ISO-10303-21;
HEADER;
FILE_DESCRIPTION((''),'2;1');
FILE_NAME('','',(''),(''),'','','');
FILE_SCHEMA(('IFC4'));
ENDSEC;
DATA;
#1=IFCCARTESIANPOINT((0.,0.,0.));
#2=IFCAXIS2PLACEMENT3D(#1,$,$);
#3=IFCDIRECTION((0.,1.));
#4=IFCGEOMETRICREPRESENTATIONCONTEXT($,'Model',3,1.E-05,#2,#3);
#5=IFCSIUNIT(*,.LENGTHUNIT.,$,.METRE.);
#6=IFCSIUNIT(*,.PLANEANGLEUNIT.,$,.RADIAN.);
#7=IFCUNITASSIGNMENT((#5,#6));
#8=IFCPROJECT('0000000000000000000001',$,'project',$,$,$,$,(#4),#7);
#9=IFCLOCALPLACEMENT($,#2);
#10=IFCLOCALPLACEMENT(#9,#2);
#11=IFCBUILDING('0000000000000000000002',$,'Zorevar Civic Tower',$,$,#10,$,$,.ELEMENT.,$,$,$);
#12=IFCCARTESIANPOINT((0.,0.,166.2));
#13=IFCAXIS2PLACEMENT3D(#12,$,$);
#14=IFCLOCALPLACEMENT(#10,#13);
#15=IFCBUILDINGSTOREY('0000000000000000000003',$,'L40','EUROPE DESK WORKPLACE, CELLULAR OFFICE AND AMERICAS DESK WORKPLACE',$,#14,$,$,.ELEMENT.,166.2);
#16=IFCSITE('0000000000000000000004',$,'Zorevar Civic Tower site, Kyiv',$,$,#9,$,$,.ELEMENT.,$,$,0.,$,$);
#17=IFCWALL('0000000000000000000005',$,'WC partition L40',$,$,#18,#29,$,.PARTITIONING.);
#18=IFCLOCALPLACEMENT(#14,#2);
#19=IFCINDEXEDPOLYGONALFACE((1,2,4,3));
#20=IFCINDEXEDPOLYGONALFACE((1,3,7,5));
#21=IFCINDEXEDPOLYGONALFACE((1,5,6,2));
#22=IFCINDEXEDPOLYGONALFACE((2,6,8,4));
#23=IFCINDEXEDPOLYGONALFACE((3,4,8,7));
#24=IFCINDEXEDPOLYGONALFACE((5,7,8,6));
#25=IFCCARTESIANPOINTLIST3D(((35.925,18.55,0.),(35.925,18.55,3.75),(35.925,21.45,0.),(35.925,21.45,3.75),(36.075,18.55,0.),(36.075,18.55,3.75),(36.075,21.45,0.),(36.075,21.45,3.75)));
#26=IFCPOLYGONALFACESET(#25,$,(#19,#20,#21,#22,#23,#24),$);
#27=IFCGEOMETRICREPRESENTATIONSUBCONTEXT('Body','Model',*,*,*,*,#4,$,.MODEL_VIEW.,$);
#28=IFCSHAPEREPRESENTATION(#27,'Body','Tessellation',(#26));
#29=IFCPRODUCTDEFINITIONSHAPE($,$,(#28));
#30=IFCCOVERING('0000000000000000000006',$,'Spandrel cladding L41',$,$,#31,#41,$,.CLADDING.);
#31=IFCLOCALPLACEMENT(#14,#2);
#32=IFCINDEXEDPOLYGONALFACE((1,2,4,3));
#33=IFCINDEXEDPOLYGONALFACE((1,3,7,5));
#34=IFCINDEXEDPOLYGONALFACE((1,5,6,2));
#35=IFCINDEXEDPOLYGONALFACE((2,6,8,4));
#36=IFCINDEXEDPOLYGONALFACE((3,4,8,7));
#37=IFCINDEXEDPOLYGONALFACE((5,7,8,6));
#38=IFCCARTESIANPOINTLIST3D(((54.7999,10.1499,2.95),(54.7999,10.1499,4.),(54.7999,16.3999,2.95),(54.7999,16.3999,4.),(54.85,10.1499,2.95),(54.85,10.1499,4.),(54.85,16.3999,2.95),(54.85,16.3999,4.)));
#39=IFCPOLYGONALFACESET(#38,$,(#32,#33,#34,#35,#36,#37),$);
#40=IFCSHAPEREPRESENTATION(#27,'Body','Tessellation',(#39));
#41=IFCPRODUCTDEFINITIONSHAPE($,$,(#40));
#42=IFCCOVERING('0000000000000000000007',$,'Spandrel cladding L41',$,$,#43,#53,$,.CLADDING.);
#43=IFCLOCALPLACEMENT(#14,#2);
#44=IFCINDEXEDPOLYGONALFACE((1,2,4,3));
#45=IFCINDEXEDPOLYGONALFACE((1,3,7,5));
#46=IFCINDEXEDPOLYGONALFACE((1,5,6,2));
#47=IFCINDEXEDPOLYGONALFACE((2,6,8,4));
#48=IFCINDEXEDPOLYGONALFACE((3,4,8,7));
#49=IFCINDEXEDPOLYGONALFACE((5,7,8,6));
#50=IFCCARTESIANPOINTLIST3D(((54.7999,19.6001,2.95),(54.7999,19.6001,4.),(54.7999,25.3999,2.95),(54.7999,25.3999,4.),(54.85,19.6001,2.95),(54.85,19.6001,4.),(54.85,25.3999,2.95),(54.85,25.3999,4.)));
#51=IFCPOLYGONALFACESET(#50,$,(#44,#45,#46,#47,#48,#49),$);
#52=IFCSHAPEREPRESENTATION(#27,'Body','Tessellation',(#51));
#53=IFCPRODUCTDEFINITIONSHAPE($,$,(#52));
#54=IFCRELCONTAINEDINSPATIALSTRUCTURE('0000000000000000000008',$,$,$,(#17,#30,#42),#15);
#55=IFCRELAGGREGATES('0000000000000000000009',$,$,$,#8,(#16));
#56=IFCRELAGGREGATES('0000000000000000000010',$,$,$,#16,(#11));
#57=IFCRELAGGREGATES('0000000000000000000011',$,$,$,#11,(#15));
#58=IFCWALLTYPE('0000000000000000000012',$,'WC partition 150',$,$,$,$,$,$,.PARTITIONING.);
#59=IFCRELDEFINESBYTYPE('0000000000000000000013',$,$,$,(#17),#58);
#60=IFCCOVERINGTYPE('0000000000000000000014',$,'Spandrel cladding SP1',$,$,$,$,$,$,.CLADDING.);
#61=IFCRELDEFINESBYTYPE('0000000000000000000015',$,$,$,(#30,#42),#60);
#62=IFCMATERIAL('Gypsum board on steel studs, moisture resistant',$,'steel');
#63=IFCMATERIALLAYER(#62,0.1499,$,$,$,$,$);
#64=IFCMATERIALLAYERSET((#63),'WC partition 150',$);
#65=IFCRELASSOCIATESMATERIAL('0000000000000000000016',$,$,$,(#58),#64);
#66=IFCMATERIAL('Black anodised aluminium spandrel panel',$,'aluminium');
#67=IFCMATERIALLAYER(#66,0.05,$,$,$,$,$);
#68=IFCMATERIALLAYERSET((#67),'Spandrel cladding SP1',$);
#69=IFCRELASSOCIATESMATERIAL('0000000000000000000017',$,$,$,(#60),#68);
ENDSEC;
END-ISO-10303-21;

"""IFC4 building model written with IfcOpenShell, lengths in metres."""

from ifc_helpers import new_model, si_unit, direction, frame, frame_2d, origin, place, context, subcontext, project, spatial, rectangle, extrude, material, layer, layer_set, type_object, element, save


model = new_model("IFC4")

# Units and contexts
model_context = context("Model", 3, precision=1e-05, world=origin(), true_north=direction((0.0, 1.0)))
body_context = subcontext(model_context, "Body", "Model", "MODEL_VIEW")
ifc_project = project(units=[si_unit("LENGTHUNIT", "METRE"), si_unit("PLANEANGLEUNIT", "RADIAN")], contexts=[model_context])

# Site, building, storey
site_placement = place(None, origin())
site = spatial("IfcSite", under=ifc_project, at=site_placement, Name="Zorevar Civic Tower site, Kyiv", CompositionType="ELEMENT", RefElevation=0.0)
building_placement = place(site_placement, origin())
building = spatial("IfcBuilding", under=site, at=building_placement, Name="Zorevar Civic Tower", CompositionType="ELEMENT")
storey_placement = place(building_placement, frame((0.0, 0.0, 166.2)))
storey = spatial("IfcBuildingStorey", under=building, at=storey_placement, Name="L40", Description="EUROPE DESK WORKPLACE, CELLULAR OFFICE AND AMERICAS DESK WORKPLACE", CompositionType="ELEMENT", Elevation=166.2)

# Wall
ifc_material_1 = material(Name="Gypsum board on steel studs, moisture resistant", Category="steel")
ifc_layer_1 = layer(ifc_material_1, 0.1499)
ifc_layer_set_1 = layer_set([ifc_layer_1], Name="WC partition 150")
wall_type_1 = type_object("IfcWallType", Name="WC partition 150", PredefinedType="PARTITIONING", material=ifc_layer_set_1)
wall_1_placement = place(storey_placement, frame((36.0, 18.55, 0.0), z_axis=(0.0, 0.0, 1.0), x_axis=(0.0, 1.0, 0.0)))
element("IfcWall", 1, at=wall_1_placement, inside=storey, type_object=wall_type_1, Name="WC partition L40", PredefinedType="PARTITIONING", context=body_context, shape_type="SweptSolid", body=[
    extrude(rectangle(XDim=2.8999, YDim=0.1499, at=frame_2d((1.45, 0.0))), origin(), (0.0, 0.0, 1.0), 3.75),
])

# Coverings
ifc_material_2 = material(Name="Black anodised aluminium spandrel panel", Category="aluminium")
ifc_layer_2 = layer(ifc_material_2, 0.05)
ifc_layer_set_2 = layer_set([ifc_layer_2], Name="Spandrel cladding SP1")
covering_type = type_object("IfcCoveringType", Name="Spandrel cladding SP1", PredefinedType="CLADDING", material=ifc_layer_set_2)
covering_1_placement = place(storey_placement, frame((54.825, 10.1499, 2.95), z_axis=(0.0, 0.0, 1.0), x_axis=(0.0, 1.0, 0.0)))
element("IfcCovering", 2, at=covering_1_placement, inside=storey, type_object=covering_type, Name="Spandrel cladding L41", PredefinedType="CLADDING", context=body_context, shape_type="SweptSolid", body=[
    extrude(rectangle(XDim=6.25, YDim=0.05, at=frame_2d((3.125, 0.0))), origin(), (0.0, 0.0, 1.0), 1.05),
])
covering_2_placement = place(storey_placement, frame((54.825, 19.6001, 2.95), z_axis=(0.0, 0.0, 1.0), x_axis=(0.0, 1.0, 0.0)))
element("IfcCovering", 3, at=covering_2_placement, inside=storey, type_object=covering_type, Name="Spandrel cladding L41", PredefinedType="CLADDING", context=body_context, shape_type="SweptSolid", body=[
    extrude(rectangle(XDim=5.7998, YDim=0.05, at=frame_2d((2.8999, 0.0))), origin(), (0.0, 0.0, 1.0), 1.05),
])

save(model, "model.ifc")
